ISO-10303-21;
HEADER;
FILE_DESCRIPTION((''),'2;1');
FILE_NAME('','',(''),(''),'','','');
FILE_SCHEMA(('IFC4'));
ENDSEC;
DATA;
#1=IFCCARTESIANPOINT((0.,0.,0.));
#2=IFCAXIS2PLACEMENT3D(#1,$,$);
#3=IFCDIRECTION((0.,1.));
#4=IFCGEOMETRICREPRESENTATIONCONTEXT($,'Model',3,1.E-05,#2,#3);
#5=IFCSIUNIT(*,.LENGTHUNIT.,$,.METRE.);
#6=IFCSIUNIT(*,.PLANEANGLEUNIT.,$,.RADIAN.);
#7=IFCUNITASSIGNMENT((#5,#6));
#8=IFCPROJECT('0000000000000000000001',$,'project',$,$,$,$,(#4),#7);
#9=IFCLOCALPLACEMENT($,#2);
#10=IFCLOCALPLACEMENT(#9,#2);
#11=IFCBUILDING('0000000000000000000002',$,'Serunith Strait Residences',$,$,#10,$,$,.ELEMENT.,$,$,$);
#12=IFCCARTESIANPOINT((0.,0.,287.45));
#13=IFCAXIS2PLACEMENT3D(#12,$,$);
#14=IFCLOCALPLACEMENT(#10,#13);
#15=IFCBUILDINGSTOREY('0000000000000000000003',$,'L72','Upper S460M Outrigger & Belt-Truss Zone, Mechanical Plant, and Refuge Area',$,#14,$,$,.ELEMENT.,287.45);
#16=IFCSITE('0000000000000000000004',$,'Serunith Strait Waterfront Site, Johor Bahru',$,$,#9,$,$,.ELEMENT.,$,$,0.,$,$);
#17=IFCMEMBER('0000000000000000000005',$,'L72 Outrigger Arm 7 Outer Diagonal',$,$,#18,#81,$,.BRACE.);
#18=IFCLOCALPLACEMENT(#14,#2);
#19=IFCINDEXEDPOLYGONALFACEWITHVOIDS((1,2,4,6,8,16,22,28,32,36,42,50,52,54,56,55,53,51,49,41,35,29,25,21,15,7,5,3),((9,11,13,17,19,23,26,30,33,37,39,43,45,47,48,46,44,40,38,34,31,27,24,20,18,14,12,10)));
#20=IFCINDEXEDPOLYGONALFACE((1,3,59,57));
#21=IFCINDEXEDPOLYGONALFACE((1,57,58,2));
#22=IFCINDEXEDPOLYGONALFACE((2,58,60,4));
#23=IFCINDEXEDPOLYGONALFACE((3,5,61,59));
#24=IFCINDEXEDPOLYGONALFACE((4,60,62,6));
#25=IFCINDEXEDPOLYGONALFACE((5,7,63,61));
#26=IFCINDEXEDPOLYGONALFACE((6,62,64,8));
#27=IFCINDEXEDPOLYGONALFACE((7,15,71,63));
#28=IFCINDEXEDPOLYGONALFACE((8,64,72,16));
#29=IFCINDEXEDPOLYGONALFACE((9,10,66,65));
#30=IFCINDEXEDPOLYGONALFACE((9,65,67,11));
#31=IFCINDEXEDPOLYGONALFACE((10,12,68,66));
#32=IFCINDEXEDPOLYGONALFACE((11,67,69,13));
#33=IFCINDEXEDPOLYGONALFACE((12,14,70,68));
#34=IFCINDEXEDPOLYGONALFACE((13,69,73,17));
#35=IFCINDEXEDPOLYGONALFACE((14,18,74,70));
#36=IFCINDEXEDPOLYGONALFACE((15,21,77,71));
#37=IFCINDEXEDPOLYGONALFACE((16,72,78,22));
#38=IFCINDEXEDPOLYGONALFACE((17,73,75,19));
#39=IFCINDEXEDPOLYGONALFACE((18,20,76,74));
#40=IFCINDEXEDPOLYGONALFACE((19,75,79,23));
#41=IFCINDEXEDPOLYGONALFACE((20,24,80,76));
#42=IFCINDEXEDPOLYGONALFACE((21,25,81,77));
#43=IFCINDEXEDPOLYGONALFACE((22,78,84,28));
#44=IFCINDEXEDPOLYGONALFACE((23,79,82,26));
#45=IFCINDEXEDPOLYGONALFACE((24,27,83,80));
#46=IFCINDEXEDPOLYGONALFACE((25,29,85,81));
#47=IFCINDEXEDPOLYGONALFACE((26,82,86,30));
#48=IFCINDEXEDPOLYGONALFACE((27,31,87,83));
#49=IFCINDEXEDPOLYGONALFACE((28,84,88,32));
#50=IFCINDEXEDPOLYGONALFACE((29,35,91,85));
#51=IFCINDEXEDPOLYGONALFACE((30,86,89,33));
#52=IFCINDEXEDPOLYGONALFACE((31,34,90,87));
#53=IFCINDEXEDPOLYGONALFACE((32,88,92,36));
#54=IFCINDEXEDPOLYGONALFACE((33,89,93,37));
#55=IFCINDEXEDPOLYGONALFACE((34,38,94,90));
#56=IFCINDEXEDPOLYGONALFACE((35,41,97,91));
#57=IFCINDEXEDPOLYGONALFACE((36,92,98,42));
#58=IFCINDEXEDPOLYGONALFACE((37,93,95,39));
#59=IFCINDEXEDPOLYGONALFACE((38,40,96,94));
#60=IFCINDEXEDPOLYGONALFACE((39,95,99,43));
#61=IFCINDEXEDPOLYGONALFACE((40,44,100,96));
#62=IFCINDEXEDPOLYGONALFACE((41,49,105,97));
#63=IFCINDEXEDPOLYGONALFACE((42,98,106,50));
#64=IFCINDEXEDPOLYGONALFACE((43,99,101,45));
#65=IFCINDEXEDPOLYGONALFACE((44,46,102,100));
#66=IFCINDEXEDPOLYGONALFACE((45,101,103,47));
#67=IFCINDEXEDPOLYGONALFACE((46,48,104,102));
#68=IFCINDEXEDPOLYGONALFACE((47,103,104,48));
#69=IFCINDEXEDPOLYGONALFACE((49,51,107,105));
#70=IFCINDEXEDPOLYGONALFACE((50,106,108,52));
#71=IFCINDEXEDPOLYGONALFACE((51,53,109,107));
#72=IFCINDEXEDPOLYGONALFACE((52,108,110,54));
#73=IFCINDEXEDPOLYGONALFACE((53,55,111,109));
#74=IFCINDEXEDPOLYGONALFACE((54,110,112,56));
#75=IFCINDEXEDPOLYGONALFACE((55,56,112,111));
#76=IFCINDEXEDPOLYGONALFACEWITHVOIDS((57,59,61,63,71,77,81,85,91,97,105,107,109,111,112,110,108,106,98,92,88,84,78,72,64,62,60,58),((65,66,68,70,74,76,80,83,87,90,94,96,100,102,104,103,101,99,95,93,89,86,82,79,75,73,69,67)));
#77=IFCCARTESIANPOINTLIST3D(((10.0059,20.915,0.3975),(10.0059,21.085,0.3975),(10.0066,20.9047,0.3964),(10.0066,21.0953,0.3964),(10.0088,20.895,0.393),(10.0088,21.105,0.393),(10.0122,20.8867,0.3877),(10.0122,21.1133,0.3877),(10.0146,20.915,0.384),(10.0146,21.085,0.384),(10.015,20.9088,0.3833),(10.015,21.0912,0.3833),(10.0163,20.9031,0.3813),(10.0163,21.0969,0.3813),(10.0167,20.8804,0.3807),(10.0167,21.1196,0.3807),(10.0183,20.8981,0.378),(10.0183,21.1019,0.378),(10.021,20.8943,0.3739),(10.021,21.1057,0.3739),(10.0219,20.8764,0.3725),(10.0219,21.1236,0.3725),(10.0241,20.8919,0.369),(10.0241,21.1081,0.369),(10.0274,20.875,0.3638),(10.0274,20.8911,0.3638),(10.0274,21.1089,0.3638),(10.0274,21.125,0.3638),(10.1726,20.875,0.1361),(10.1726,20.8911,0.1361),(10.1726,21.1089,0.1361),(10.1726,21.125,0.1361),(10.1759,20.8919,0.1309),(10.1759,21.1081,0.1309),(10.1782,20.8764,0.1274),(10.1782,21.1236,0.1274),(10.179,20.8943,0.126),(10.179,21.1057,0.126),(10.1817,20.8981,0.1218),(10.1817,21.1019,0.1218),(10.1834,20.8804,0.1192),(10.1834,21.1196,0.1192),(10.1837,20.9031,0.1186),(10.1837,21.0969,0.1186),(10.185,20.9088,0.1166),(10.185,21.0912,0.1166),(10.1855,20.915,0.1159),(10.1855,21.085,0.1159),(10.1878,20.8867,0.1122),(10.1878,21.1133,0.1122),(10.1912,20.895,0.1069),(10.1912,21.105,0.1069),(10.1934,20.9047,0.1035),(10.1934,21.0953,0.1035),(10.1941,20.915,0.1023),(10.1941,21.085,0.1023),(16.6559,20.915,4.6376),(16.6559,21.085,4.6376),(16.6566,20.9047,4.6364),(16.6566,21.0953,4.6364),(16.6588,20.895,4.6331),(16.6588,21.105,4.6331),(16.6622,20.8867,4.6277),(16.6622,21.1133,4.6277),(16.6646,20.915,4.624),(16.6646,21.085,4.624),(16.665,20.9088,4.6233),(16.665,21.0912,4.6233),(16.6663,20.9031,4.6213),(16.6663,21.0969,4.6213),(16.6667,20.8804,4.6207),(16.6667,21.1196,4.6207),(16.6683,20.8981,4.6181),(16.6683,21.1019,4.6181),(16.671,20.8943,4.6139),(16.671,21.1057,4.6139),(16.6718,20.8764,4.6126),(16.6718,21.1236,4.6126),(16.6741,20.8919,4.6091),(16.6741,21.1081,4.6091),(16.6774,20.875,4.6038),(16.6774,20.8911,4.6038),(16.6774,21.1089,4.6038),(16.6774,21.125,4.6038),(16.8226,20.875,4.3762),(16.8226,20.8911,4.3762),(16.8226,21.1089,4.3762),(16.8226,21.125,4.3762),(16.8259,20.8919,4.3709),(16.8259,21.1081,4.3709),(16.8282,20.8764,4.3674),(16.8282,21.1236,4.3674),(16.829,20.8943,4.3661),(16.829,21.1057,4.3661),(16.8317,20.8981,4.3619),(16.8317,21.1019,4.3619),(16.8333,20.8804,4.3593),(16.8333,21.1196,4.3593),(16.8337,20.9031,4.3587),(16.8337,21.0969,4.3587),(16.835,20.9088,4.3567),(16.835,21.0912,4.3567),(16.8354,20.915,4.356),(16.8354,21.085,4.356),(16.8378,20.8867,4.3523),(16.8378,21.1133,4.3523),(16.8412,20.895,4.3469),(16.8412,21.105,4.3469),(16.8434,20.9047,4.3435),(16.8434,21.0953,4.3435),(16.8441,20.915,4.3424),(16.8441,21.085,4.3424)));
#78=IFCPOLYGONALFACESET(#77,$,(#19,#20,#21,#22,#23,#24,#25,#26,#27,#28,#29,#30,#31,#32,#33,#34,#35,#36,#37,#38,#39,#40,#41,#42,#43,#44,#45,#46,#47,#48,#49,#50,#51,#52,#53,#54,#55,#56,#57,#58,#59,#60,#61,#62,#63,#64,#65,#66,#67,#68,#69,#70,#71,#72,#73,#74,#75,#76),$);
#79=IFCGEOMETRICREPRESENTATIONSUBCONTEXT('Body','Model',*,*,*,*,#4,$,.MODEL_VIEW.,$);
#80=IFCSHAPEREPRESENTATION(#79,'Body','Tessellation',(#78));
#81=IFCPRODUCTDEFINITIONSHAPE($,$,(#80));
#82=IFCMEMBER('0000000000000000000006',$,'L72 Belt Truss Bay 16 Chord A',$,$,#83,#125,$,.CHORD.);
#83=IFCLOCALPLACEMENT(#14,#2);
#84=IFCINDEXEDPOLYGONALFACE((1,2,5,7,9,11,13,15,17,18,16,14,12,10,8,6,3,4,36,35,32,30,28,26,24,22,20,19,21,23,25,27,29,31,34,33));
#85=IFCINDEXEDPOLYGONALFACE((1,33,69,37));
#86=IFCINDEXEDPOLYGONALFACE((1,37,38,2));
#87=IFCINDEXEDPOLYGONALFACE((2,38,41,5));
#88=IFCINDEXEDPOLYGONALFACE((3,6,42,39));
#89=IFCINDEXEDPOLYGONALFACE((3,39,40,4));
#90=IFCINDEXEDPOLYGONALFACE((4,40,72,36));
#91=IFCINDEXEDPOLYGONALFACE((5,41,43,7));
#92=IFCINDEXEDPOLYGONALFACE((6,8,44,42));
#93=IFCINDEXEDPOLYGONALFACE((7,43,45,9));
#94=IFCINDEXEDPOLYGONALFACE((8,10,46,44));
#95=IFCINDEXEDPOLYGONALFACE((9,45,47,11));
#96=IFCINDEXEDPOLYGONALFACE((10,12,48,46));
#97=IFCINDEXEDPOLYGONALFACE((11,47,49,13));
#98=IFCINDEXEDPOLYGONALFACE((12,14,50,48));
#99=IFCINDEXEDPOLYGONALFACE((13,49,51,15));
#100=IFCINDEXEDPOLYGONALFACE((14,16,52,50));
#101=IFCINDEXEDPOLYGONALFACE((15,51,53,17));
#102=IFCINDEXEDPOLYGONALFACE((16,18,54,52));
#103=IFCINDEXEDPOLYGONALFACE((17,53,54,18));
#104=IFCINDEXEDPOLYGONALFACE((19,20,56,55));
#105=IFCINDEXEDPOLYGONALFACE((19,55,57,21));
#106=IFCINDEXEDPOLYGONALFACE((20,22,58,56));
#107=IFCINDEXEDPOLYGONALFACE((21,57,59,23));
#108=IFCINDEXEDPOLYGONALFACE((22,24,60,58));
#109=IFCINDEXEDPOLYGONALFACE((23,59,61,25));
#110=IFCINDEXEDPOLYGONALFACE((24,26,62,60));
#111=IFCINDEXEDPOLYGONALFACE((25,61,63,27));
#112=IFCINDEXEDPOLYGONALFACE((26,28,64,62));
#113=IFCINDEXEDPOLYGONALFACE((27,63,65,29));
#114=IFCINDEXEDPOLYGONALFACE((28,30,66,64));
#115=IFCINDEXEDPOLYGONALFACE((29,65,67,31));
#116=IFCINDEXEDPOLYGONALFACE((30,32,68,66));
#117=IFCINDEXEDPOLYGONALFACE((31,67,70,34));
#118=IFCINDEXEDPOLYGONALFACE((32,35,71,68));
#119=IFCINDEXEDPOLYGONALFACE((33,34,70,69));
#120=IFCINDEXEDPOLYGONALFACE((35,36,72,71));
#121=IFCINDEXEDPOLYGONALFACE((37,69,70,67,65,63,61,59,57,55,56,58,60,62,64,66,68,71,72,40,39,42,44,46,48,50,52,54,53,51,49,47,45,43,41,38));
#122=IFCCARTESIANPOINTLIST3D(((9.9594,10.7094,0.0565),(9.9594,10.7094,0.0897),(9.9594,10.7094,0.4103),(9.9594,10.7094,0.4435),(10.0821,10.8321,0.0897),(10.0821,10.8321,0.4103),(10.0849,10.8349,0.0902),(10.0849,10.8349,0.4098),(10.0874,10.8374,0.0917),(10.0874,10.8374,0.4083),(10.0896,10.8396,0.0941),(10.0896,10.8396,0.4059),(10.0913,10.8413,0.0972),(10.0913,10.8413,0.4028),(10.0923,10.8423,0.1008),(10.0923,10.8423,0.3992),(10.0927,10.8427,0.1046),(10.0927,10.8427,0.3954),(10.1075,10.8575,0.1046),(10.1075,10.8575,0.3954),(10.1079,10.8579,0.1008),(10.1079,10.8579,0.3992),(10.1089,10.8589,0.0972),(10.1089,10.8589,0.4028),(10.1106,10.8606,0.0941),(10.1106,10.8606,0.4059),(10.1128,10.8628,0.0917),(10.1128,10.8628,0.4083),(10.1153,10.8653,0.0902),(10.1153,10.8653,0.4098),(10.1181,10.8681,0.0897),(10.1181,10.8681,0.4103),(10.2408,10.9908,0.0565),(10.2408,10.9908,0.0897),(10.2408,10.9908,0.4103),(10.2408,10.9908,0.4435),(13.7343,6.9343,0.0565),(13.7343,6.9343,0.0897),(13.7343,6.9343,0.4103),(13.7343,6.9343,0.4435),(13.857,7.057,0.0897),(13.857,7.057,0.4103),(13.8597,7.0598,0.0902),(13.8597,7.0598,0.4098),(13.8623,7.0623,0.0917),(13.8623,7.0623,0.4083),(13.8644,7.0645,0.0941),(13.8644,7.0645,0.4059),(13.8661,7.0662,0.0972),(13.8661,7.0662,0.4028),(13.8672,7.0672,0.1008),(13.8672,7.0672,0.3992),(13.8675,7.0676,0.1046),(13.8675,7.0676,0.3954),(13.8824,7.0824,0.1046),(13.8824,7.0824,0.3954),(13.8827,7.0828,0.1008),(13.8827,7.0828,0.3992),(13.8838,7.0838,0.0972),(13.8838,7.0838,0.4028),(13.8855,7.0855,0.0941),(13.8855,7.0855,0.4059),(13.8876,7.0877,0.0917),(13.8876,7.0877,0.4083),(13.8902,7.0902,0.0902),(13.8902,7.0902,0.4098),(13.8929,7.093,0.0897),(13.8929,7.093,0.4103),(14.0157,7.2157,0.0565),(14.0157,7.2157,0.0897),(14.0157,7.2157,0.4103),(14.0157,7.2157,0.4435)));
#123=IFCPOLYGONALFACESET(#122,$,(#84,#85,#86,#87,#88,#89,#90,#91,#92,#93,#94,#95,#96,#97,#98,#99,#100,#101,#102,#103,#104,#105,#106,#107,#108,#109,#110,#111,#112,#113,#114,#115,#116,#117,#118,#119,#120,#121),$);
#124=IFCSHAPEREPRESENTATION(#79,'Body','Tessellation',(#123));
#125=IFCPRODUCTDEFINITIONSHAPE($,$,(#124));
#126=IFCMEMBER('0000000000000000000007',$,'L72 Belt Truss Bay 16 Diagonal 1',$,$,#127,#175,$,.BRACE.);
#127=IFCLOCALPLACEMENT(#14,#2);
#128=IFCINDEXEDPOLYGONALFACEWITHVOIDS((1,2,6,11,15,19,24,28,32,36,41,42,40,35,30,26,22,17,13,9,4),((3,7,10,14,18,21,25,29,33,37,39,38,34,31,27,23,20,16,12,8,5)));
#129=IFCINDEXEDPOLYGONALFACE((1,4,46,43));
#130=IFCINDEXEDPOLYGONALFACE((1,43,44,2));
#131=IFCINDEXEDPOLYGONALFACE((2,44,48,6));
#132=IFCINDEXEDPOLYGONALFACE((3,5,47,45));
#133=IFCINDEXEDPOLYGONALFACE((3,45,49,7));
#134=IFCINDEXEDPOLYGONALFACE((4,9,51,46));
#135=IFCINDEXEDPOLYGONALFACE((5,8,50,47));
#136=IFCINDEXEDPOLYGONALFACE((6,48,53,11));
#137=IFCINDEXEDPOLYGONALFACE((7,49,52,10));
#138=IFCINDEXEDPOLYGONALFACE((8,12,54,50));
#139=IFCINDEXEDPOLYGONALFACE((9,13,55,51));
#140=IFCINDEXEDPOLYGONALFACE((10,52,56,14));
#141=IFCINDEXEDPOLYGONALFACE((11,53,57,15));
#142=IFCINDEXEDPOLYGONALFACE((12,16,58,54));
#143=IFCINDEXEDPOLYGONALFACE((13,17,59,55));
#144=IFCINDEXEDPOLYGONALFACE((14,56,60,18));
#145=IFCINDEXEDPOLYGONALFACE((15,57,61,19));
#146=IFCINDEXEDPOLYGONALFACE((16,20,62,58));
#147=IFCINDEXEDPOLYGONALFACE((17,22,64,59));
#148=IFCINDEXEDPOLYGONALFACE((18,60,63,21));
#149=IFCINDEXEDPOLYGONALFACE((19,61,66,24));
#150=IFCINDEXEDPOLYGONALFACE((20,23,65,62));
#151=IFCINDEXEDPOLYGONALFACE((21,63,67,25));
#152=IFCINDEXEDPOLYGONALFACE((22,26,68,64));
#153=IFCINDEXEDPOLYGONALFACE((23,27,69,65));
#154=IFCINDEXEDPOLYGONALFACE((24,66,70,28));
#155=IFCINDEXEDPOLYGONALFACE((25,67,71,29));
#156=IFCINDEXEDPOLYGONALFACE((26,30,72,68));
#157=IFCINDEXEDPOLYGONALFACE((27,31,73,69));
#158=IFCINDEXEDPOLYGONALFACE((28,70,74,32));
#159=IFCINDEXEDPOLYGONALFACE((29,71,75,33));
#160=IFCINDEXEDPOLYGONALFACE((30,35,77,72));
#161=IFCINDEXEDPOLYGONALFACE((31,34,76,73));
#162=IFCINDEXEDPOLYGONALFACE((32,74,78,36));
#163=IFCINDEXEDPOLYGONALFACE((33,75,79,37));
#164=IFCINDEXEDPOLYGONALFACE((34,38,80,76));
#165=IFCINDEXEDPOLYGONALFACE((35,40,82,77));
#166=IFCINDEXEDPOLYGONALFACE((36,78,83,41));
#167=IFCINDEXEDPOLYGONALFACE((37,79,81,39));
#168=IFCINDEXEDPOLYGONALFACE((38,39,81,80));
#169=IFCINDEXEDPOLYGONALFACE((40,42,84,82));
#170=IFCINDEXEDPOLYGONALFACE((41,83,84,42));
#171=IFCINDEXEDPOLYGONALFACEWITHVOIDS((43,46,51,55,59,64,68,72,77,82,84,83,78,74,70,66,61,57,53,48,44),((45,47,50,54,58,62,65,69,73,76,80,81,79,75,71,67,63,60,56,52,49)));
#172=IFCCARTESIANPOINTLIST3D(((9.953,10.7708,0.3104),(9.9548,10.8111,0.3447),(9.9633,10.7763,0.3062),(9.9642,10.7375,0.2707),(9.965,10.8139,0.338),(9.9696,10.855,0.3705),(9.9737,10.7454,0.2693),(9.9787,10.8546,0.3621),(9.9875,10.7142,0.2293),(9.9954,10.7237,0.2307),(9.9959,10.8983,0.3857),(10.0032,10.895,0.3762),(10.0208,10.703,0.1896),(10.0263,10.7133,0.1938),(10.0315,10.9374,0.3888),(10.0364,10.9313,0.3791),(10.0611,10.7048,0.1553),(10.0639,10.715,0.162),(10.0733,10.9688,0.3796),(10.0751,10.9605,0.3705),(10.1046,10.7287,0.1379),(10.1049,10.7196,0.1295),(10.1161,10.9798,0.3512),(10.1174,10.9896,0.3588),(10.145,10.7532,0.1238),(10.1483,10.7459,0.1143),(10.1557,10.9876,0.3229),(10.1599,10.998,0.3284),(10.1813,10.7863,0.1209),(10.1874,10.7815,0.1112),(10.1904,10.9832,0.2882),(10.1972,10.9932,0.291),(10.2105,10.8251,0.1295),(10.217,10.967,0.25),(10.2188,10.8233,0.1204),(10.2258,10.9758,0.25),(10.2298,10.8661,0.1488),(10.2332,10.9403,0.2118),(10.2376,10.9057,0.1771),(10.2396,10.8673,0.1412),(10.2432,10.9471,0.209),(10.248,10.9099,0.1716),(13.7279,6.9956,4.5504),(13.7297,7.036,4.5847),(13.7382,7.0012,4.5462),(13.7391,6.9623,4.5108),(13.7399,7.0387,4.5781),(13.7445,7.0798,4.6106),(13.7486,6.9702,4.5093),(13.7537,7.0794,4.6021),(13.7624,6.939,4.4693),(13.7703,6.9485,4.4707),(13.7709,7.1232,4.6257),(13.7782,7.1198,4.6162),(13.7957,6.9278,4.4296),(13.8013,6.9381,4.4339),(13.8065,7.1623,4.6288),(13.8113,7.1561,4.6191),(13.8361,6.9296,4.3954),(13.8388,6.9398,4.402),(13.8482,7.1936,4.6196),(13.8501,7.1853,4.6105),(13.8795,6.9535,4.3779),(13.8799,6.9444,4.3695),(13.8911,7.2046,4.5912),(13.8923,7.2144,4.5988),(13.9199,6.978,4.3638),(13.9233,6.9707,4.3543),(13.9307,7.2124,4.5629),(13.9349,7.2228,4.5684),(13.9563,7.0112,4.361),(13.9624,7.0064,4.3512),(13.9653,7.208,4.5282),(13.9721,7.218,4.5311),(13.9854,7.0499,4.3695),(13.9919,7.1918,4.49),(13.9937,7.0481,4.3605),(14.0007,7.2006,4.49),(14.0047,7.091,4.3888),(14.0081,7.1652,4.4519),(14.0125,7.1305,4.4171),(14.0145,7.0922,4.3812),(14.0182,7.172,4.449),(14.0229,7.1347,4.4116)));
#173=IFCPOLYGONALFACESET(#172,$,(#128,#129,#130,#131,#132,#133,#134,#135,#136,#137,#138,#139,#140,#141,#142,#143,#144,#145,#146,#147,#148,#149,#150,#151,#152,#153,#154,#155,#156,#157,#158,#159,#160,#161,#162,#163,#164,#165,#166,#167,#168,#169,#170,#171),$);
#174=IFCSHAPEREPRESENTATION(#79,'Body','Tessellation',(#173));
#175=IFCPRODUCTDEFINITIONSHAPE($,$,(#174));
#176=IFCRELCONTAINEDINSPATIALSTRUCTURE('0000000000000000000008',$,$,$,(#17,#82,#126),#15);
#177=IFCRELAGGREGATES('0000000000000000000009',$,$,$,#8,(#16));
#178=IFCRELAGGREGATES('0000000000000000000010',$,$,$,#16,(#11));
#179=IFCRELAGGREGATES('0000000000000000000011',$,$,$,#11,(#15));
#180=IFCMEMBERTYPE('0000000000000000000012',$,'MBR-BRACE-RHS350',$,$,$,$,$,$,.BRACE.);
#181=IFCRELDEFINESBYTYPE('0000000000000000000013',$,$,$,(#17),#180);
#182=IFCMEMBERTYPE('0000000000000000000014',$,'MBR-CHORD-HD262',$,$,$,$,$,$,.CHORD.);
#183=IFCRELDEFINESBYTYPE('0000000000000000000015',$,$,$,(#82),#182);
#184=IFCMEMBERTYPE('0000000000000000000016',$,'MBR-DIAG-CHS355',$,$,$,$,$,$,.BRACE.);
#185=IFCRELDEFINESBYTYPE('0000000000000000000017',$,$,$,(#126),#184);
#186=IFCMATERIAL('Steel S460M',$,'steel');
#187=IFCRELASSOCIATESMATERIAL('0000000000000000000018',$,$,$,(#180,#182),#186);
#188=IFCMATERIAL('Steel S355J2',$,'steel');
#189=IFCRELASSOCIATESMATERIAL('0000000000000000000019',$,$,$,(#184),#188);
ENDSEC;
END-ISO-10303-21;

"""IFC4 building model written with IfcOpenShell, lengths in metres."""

from ifc_helpers import new_model, si_unit, direction, frame, origin, origin_2d, place, context, subcontext, project, spatial, hollow_rectangle, hollow_circle, i_section, extrude, source, transform, mapped, material, material_profile, profile_set, type_object, element, save


model = new_model("IFC4")

# Units and contexts
model_context = context("Model", 3, precision=1e-05, world=origin(), true_north=direction((0.0, 1.0)))
body_context = subcontext(model_context, "Body", "Model", "MODEL_VIEW")
ifc_project = project(units=[si_unit("LENGTHUNIT", "METRE"), si_unit("PLANEANGLEUNIT", "RADIAN")], contexts=[model_context])

# Site, building, storey
site_placement = place(None, origin())
site = spatial("IfcSite", under=ifc_project, at=site_placement, Name="Serunith Strait Waterfront Site, Johor Bahru", CompositionType="ELEMENT", RefElevation=0.0)
building_placement = place(site_placement, origin())
building = spatial("IfcBuilding", under=site, at=building_placement, Name="Serunith Strait Residences", CompositionType="ELEMENT")
storey_placement = place(building_placement, frame((0.0, 0.0, 287.45)))
storey = spatial("IfcBuildingStorey", under=building, at=storey_placement, Name="L72", Description="Upper S460M Outrigger & Belt-Truss Zone, Mechanical Plant, and Refuge Area", CompositionType="ELEMENT", Elevation=287.45)

# Shared definitions
ifc_material_1 = material(Name="Steel S355J2", Category="steel")

# Members
ifc_material_2 = material(Name="Steel S460M", Category="steel")
ifc_material_profile_1 = material_profile(ifc_material_2, hollow_rectangle(XDim=0.25, YDim=0.3501, WallThickness=0.0161, InnerFilletRadius=0.0239, OuterFilletRadius=0.04, at=origin_2d()), Name="RHS 350x250x16")
ifc_profile_set_1 = profile_set([ifc_material_profile_1], Name="Steel S460M")
member_type_1 = type_object("IfcMemberType", Name="MBR-BRACE-RHS350", PredefinedType="BRACE", material=ifc_profile_set_1)
shared_shape_1 = source(origin(), body_context, "Body", "SweptSolid", [
    extrude(hollow_rectangle(XDim=0.25, YDim=0.3501, WallThickness=0.0161, InnerFilletRadius=0.0239, OuterFilletRadius=0.04, at=origin_2d()), origin(), (0.0, 0.0, 1.0), 7.8867),
])
member_1_placement = place(storey_placement, frame((16.75, 21.0, 4.49), z_axis=(-0.843188, 0.0, -0.537618), x_axis=(0.0, -1.0, 0.0)))
element("IfcMember", 1, at=member_1_placement, inside=storey, type_object=member_type_1, Name="L72 Outrigger Arm 7 Outer Diagonal", PredefinedType="BRACE", context=body_context, shape_type="MappedRepresentation", body=[
    mapped(shared_shape_1, transform((0.0, 0.0, 0.0), scale=1.0)),
])
ifc_material_profile_2 = material_profile(ifc_material_2, i_section(OverallWidth=0.3979, OverallDepth=0.387, WebThickness=0.021, FlangeThickness=0.0332, FilletRadius=0.0149, at=origin_2d()), Name="HD 400x262")
ifc_profile_set_2 = profile_set([ifc_material_profile_2], Name="Steel S460M")
member_type_2 = type_object("IfcMemberType", Name="MBR-CHORD-HD262", PredefinedType="CHORD", material=ifc_profile_set_2)
shared_shape_2 = source(origin(), body_context, "Body", "SweptSolid", [
    extrude(i_section(OverallWidth=0.3979, OverallDepth=0.387, WebThickness=0.021, FlangeThickness=0.0332, FilletRadius=0.0149, at=origin_2d()), origin(), (0.0, 0.0, 1.0), 5.3386),
])
member_2_placement = place(storey_placement, frame((10.1001, 10.8501, 0.25), z_axis=(0.707084, -0.70713, 0.0), x_axis=(0.70713, 0.707084, 0.0)))
element("IfcMember", 2, at=member_2_placement, inside=storey, type_object=member_type_2, Name="L72 Belt Truss Bay 16 Chord A", PredefinedType="CHORD", context=body_context, shape_type="MappedRepresentation", body=[
    mapped(shared_shape_2, transform((0.0, 0.0, 0.0), scale=1.0)),
])
ifc_material_profile_3 = material_profile(ifc_material_1, hollow_circle(Radius=0.1777, WallThickness=0.0125, at=origin_2d()), Name="CHS 355.6x12.5")
ifc_profile_set_3 = profile_set([ifc_material_profile_3], Name="Steel S355J2")
member_type_3 = type_object("IfcMemberType", Name="MBR-DIAG-CHS355", PredefinedType="BRACE", material=ifc_profile_set_3)
shared_shape_3 = source(origin(), body_context, "Body", "SweptSolid", [
    extrude(hollow_circle(Radius=0.1777, WallThickness=0.0125, at=origin_2d()), origin(), (0.0, 0.0, 1.0), 6.8176),
])
member_3_placement = place(storey_placement, frame((10.1001, 10.8501, 0.25), z_axis=(0.553703, -0.553739, 0.621922), x_axis=(0.70713, 0.707084, 0.0)))
element("IfcMember", 3, at=member_3_placement, inside=storey, type_object=member_type_3, Name="L72 Belt Truss Bay 16 Diagonal 1", PredefinedType="BRACE", context=body_context, shape_type="MappedRepresentation", body=[
    mapped(shared_shape_3, transform((0.0, 0.0, 0.0), scale=1.0)),
])

save(model, "model.ifc")
